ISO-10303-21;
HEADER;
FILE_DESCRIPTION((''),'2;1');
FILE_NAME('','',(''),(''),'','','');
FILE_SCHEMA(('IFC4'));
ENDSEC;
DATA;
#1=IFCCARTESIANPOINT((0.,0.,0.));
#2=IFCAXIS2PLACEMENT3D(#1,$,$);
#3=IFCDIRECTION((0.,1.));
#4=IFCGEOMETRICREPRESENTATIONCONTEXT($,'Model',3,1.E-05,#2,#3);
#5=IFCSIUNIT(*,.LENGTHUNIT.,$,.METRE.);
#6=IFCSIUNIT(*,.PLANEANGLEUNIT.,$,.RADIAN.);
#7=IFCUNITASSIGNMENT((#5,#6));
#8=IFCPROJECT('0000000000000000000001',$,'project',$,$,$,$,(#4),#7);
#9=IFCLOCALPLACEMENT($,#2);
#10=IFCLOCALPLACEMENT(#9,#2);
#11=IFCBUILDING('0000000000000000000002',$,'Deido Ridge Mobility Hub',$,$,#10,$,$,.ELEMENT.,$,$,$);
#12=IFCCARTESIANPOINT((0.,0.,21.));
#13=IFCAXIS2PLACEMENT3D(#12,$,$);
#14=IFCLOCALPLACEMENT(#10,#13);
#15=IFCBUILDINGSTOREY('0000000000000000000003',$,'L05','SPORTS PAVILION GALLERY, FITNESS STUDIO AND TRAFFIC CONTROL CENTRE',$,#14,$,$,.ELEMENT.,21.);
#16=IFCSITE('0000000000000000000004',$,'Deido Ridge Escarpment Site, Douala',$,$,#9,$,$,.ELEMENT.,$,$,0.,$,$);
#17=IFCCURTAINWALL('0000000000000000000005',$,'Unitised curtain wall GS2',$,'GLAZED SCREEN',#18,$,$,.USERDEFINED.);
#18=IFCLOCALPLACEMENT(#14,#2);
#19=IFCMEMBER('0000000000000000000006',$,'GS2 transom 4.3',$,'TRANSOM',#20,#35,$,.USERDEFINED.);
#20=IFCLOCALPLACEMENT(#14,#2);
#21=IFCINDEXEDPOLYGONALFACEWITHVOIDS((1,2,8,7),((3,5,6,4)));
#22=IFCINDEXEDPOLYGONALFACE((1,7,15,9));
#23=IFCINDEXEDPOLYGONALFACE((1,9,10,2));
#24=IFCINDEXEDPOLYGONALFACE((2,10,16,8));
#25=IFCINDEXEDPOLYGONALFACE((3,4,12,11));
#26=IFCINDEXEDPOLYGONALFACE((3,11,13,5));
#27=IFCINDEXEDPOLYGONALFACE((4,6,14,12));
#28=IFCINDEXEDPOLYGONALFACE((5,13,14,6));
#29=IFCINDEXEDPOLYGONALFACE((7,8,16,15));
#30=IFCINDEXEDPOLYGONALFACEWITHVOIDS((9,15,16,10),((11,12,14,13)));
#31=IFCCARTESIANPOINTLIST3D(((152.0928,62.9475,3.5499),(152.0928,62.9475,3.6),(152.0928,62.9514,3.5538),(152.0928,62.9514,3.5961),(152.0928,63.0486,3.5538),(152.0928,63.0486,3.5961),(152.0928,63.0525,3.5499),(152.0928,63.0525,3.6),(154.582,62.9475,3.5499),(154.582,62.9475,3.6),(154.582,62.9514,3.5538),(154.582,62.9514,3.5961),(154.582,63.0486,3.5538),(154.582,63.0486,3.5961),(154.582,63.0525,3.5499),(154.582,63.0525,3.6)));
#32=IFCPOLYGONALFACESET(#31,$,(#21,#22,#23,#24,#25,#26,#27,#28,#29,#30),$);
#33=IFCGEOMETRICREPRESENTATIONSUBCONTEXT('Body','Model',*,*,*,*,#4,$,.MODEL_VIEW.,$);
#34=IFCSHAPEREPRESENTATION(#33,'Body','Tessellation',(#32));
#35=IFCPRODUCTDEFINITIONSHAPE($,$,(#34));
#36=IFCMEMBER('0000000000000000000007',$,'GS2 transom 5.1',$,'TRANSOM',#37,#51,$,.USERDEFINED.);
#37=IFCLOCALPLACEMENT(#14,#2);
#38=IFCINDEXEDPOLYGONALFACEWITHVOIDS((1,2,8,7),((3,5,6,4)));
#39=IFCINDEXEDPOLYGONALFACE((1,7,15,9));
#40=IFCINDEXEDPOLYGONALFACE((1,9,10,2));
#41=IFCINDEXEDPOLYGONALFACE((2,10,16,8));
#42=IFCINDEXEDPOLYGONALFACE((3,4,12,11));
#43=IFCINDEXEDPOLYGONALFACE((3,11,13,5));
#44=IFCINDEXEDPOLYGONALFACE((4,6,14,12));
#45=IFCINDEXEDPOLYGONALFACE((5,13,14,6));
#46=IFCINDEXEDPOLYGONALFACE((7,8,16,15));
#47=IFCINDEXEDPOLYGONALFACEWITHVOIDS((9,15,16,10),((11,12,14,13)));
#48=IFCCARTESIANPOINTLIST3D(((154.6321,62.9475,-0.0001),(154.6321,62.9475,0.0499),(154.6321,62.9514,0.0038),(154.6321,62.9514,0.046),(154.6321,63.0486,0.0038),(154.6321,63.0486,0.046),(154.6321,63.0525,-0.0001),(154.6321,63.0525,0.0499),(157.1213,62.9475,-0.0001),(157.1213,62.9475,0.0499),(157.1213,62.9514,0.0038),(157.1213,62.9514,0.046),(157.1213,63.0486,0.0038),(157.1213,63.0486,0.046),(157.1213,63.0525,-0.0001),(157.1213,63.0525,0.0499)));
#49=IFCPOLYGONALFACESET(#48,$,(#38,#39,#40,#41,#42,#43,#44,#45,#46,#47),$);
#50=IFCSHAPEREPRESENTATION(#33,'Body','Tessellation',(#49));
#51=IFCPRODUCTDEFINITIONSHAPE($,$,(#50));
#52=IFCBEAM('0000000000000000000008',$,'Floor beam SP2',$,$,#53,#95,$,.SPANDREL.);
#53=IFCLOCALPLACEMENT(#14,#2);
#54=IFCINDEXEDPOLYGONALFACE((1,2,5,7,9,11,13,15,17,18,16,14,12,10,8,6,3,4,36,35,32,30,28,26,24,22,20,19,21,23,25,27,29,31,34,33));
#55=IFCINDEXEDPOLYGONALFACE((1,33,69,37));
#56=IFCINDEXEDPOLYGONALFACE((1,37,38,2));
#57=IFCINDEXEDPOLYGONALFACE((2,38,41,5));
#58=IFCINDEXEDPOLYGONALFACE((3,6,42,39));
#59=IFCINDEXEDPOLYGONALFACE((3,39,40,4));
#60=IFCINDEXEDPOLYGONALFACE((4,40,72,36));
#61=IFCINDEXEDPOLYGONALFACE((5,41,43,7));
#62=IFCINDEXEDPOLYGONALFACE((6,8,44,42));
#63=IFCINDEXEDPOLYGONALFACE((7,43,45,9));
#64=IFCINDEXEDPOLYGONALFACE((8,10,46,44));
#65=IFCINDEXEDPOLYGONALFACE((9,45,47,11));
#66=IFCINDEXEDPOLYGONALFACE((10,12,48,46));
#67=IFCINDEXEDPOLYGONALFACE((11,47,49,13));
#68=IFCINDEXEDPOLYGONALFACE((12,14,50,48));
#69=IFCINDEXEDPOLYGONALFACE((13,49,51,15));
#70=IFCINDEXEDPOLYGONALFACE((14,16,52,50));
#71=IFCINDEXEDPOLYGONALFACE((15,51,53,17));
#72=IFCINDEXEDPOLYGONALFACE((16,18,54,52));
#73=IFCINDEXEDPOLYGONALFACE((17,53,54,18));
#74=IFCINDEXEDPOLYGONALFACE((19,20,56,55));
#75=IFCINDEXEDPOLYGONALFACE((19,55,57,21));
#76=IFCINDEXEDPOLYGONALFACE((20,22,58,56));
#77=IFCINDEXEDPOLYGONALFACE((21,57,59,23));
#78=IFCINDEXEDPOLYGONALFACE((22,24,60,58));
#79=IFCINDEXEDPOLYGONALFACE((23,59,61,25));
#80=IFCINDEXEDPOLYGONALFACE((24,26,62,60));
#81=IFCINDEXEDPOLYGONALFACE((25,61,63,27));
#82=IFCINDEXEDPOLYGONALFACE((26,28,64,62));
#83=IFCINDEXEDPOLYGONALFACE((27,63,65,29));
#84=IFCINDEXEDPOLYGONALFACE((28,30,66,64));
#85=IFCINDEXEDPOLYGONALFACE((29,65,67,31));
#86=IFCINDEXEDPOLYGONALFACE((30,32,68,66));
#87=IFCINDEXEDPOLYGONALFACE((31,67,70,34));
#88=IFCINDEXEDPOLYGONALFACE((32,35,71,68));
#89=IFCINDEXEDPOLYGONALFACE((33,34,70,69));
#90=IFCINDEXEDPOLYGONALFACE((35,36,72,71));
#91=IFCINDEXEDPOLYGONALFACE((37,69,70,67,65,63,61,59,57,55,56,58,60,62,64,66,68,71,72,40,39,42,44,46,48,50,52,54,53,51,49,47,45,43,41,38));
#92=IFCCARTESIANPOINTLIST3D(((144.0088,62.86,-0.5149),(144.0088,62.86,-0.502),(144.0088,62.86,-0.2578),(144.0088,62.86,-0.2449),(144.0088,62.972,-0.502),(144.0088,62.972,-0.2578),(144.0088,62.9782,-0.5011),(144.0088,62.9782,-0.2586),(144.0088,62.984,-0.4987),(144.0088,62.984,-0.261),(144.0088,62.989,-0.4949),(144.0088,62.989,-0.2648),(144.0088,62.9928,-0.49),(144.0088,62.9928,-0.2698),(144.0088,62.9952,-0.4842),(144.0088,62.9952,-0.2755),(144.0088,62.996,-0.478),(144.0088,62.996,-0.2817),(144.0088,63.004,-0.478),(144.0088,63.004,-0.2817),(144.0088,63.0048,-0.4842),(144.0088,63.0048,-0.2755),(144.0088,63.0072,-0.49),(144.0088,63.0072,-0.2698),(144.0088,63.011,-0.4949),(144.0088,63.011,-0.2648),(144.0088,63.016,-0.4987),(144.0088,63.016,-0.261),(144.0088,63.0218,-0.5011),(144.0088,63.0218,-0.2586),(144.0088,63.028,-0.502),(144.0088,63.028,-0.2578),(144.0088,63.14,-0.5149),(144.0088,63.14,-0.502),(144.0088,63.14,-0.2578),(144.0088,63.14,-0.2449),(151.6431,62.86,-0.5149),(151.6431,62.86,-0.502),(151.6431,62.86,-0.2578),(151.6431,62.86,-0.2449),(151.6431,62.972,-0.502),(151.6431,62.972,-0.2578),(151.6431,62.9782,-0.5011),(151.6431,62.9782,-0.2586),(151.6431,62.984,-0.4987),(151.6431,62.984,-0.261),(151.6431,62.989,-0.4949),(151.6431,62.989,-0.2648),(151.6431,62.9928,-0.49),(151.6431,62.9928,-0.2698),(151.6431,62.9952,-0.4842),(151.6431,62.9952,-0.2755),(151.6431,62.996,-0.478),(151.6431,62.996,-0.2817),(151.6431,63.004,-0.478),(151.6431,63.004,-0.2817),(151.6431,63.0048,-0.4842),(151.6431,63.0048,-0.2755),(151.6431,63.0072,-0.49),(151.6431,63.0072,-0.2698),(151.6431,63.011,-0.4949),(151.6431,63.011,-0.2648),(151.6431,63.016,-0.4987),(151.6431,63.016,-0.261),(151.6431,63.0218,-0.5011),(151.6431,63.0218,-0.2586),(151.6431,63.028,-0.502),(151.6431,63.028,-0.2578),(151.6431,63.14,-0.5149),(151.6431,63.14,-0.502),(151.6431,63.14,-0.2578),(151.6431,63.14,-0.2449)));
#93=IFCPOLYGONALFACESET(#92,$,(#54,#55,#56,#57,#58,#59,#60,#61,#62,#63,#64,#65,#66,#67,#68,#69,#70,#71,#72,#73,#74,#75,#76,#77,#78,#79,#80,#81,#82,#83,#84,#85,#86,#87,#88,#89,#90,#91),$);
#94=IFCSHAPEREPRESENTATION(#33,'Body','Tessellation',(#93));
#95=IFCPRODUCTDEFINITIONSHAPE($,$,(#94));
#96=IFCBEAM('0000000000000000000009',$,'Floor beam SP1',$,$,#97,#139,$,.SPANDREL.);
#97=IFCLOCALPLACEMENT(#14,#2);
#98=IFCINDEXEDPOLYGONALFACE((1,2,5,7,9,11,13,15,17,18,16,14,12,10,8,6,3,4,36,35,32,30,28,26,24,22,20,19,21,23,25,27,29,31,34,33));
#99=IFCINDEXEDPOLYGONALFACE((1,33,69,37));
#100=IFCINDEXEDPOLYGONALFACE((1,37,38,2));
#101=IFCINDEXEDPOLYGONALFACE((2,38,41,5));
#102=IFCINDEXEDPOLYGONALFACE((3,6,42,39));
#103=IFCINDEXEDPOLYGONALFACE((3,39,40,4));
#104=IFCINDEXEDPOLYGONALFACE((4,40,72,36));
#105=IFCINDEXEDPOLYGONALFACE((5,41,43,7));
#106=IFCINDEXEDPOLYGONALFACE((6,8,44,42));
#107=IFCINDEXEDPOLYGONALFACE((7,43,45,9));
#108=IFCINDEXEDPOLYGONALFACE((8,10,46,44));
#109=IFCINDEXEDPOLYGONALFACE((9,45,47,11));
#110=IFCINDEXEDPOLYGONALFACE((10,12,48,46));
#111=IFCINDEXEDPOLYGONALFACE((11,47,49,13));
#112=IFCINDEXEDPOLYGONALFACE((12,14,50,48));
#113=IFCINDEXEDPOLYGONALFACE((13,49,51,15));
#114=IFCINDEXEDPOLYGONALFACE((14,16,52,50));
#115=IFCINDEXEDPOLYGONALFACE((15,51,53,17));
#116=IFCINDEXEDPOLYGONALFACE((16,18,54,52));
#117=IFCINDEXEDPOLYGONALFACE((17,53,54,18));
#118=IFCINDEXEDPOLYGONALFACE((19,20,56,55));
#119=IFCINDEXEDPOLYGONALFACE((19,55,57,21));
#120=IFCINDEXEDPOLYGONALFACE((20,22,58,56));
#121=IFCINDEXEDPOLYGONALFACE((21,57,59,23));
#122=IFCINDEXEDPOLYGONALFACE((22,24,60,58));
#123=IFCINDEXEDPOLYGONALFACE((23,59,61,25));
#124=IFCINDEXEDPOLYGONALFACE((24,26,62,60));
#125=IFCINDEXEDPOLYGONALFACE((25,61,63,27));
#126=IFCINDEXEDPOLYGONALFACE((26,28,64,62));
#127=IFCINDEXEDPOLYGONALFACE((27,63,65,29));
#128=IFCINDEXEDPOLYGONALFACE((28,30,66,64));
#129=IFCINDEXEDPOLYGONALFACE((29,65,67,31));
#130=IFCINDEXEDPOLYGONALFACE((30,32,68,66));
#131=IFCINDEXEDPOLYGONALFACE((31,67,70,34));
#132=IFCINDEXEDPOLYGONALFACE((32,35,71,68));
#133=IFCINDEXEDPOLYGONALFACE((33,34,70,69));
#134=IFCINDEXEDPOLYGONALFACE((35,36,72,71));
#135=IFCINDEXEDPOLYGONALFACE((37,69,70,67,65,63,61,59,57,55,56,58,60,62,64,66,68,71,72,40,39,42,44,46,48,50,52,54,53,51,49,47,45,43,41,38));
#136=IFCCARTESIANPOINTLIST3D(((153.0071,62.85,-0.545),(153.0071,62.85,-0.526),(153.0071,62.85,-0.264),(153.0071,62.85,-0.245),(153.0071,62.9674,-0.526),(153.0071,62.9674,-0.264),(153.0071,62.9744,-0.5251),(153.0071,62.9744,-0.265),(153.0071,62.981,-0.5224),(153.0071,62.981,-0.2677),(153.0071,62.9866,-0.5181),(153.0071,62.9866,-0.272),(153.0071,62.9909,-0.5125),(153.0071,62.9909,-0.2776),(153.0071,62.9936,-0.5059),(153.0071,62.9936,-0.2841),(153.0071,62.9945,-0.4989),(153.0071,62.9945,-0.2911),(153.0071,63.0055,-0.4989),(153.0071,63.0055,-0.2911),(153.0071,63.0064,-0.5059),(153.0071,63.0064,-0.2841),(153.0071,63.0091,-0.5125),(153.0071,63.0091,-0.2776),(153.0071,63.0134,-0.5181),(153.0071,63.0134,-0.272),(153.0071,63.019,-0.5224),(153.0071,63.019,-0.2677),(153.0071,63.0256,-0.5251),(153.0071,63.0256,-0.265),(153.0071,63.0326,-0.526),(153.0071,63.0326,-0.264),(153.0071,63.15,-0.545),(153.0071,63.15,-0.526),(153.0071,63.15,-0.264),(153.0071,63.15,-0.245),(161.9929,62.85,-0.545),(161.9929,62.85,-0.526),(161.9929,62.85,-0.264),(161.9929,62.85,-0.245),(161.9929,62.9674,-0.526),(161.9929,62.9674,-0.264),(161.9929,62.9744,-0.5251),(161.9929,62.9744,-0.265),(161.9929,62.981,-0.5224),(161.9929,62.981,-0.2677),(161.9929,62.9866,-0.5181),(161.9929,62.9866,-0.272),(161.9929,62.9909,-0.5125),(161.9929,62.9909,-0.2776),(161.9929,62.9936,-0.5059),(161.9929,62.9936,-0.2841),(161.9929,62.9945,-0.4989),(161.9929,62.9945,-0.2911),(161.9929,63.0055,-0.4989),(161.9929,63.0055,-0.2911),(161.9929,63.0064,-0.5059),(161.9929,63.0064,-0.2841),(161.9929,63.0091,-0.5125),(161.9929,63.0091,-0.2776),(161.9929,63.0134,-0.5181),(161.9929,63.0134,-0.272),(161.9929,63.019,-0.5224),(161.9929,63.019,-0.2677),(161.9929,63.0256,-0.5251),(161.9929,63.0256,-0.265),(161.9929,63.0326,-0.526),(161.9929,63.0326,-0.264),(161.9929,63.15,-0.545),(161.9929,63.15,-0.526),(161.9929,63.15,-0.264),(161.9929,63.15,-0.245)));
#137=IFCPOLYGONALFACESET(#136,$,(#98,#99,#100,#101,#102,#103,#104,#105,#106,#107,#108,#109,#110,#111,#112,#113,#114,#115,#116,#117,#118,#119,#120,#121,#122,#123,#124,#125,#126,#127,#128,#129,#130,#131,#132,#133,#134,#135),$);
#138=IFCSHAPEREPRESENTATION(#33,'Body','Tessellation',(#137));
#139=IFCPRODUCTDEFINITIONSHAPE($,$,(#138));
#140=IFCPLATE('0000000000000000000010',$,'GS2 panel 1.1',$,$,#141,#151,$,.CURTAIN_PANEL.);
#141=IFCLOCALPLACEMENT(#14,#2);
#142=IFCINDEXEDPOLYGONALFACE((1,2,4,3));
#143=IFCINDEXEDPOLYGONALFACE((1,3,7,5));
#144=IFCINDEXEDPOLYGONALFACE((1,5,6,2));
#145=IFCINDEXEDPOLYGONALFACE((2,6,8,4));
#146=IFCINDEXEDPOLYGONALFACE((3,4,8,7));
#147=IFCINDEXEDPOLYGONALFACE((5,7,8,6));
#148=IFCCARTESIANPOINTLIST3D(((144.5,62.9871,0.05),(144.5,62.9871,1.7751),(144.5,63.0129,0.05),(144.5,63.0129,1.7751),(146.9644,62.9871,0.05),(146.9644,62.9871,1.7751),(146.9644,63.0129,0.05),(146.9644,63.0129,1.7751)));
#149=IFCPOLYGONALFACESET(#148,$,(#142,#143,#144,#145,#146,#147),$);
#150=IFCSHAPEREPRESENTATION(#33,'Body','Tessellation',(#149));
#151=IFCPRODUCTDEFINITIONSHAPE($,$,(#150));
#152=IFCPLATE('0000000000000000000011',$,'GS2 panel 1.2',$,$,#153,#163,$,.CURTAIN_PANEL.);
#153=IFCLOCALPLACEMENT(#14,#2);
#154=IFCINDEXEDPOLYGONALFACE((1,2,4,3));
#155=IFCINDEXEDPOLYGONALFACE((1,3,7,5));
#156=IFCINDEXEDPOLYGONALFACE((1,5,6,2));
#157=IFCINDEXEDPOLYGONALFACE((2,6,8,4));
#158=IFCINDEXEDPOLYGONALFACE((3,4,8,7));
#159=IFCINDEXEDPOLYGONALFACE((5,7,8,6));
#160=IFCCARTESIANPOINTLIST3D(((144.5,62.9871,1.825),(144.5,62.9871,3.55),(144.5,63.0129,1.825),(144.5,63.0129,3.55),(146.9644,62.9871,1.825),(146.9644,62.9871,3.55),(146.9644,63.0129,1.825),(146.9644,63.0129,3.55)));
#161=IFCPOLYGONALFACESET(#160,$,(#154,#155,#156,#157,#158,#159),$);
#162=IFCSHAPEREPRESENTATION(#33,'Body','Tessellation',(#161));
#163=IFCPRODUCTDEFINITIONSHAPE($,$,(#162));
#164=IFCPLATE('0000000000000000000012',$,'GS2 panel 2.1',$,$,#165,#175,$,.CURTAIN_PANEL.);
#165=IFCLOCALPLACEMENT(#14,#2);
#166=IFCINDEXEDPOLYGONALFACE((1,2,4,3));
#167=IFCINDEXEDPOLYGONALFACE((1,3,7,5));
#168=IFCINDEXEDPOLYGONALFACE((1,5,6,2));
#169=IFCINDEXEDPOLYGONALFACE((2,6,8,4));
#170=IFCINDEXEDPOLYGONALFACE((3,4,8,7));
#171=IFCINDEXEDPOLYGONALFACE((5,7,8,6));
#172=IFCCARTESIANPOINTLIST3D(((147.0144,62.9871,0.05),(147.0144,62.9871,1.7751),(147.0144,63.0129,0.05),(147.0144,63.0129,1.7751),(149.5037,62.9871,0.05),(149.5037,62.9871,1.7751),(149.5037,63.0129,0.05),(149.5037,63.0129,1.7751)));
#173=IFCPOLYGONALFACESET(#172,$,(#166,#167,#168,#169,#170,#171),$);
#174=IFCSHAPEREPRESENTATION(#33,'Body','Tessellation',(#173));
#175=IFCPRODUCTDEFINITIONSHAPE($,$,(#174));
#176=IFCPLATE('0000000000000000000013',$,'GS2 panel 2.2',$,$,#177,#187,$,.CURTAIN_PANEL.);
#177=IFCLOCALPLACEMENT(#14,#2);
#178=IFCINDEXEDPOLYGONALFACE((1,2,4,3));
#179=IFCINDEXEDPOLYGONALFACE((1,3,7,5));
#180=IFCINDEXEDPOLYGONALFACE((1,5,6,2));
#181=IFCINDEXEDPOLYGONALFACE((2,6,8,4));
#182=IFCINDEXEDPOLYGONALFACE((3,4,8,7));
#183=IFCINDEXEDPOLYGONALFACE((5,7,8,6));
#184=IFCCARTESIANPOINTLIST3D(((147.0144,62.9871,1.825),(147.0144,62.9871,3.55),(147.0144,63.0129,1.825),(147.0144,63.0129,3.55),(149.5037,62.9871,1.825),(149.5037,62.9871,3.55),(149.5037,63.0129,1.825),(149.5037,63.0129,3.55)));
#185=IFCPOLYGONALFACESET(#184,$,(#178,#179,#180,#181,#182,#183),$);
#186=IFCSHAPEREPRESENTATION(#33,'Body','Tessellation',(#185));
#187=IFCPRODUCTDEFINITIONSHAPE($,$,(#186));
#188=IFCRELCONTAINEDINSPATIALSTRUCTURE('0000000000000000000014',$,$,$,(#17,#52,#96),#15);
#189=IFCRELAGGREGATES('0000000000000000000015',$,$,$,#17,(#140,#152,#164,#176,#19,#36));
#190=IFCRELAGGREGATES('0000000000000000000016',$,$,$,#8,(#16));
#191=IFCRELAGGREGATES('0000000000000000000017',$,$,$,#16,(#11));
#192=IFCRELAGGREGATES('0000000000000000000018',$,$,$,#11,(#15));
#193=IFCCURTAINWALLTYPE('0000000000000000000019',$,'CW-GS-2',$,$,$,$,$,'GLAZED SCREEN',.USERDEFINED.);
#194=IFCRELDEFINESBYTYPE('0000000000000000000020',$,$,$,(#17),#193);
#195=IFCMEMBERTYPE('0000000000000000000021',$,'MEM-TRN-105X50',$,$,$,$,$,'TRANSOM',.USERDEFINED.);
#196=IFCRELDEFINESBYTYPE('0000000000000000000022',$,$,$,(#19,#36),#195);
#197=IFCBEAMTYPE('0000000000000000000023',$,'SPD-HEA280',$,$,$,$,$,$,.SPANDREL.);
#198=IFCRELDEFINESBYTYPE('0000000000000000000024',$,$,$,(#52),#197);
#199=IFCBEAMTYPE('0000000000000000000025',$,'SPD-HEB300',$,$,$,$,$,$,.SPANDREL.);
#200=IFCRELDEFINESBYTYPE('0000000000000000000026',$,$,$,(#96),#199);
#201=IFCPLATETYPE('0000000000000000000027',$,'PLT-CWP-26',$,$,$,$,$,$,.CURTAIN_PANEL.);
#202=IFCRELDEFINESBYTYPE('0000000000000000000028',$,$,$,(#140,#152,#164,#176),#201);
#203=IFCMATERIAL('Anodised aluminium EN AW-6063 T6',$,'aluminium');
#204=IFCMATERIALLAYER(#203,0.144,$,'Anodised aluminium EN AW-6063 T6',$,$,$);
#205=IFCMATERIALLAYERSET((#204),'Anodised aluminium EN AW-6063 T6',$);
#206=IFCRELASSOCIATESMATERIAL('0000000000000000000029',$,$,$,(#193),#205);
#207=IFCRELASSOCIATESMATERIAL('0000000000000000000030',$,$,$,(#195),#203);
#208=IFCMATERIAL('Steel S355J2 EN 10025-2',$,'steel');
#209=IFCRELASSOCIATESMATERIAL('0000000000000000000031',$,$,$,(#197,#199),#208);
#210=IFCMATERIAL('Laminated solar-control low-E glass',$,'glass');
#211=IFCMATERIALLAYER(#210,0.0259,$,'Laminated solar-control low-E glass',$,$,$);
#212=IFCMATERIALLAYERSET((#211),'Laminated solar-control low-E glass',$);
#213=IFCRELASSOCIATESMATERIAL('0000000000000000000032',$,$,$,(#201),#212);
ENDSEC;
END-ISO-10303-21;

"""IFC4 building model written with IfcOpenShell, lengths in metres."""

from ifc_helpers import new_model, si_unit, direction, frame, origin, origin_2d, place, context, subcontext, project, spatial, rectangle, hollow_rectangle, i_section, extrude, material, layer, layer_set, material_profile, profile_set, type_object, element, aggregate, save


model = new_model("IFC4")

# Units and contexts
model_context = context("Model", 3, precision=1e-05, world=origin(), true_north=direction((0.0, 1.0)))
body_context = subcontext(model_context, "Body", "Model", "MODEL_VIEW")
ifc_project = project(units=[si_unit("LENGTHUNIT", "METRE"), si_unit("PLANEANGLEUNIT", "RADIAN")], contexts=[model_context])

# Site, building, storey
site_placement = place(None, origin())
site = spatial("IfcSite", under=ifc_project, at=site_placement, Name="Deido Ridge Escarpment Site, Douala", CompositionType="ELEMENT", RefElevation=0.0)
building_placement = place(site_placement, origin())
building = spatial("IfcBuilding", under=site, at=building_placement, Name="Deido Ridge Mobility Hub", CompositionType="ELEMENT")
storey_placement = place(building_placement, frame((0.0, 0.0, 21.0)))
storey = spatial("IfcBuildingStorey", under=building, at=storey_placement, Name="L05", Description="SPORTS PAVILION GALLERY, FITNESS STUDIO AND TRAFFIC CONTROL CENTRE", CompositionType="ELEMENT", Elevation=21.0)

# Shared definitions
ifc_material_1 = material(Name="Steel S355J2 EN 10025-2", Category="steel")

# Curtain wall, members
ifc_material_2 = material(Name="Anodised aluminium EN AW-6063 T6", Category="aluminium")
ifc_layer_1 = layer(ifc_material_2, 0.144, Name="Anodised aluminium EN AW-6063 T6")
ifc_layer_set_1 = layer_set([ifc_layer_1], Name="Anodised aluminium EN AW-6063 T6")
curtain_wall_type = type_object("IfcCurtainWallType", Name="CW-GS-2", ElementType="GLAZED SCREEN", PredefinedType="USERDEFINED", material=ifc_layer_set_1)
curtain_wall_placement = place(storey_placement, origin())
curtain_wall = element("IfcCurtainWall", 1, at=curtain_wall_placement, inside=storey, type_object=curtain_wall_type, Name="Unitised curtain wall GS2", ObjectType="GLAZED SCREEN", PredefinedType="USERDEFINED")
ifc_material_profile_1 = material_profile(ifc_material_2, hollow_rectangle(XDim=0.105, YDim=0.05, WallThickness=0.0039, at=origin_2d()), Name="RHS 105x50x4")
ifc_profile_set_1 = profile_set([ifc_material_profile_1], Name="Anodised aluminium EN AW-6063 T6")
member_type_1 = type_object("IfcMemberType", Name="MEM-TRN-105X50", ElementType="TRANSOM", PredefinedType="USERDEFINED", material=ifc_profile_set_1)
member_1_placement = place(storey_placement, frame((152.0928, 63.0, 3.575), z_axis=(1.0, 0.0, 0.0), x_axis=(0.0, 1.0, 0.0)))
member_1 = element("IfcMember", 2, at=member_1_placement, type_object=member_type_1, Name="GS2 transom 4.3", ObjectType="TRANSOM", PredefinedType="USERDEFINED", context=body_context, shape_type="SweptSolid", body=[
    extrude(hollow_rectangle(XDim=0.105, YDim=0.05, WallThickness=0.0039, at=origin_2d()), origin(), (0.0, 0.0, 1.0), 2.4893),
])
member_2_placement = place(storey_placement, frame((154.6321, 63.0, 0.0249), z_axis=(1.0, 0.0, 0.0), x_axis=(0.0, 1.0, 0.0)))
member_2 = element("IfcMember", 3, at=member_2_placement, type_object=member_type_1, Name="GS2 transom 5.1", ObjectType="TRANSOM", PredefinedType="USERDEFINED", context=body_context, shape_type="SweptSolid", body=[
    extrude(hollow_rectangle(XDim=0.105, YDim=0.05, WallThickness=0.0039, at=origin_2d()), origin(), (0.0, 0.0, 1.0), 2.4893),
])

# Beams
ifc_material_profile_2 = material_profile(ifc_material_1, i_section(OverallWidth=0.28, OverallDepth=0.27, WebThickness=0.0081, FlangeThickness=0.0129, FilletRadius=0.0239, at=origin_2d()), Name="HEA 280")
ifc_profile_set_2 = profile_set([ifc_material_profile_2], Name="Steel S355J2 EN 10025-2")
beam_type_1 = type_object("IfcBeamType", Name="SPD-HEA280", PredefinedType="SPANDREL", material=ifc_profile_set_2)
beam_1_placement = place(storey_placement, frame((144.0088, 63.0, -0.3799), z_axis=(1.0, 0.0, 0.0), x_axis=(0.0, 1.0, 0.0)))
element("IfcBeam", 4, at=beam_1_placement, inside=storey, type_object=beam_type_1, Name="Floor beam SP2", PredefinedType="SPANDREL", context=body_context, shape_type="SweptSolid", body=[
    extrude(i_section(OverallWidth=0.28, OverallDepth=0.27, WebThickness=0.0081, FlangeThickness=0.0129, FilletRadius=0.0239, at=origin_2d()), origin(), (0.0, 0.0, 1.0), 7.6343),
])
ifc_material_profile_3 = material_profile(ifc_material_1, i_section(OverallWidth=0.3, OverallDepth=0.3, WebThickness=0.011, FlangeThickness=0.019, FilletRadius=0.0271, at=origin_2d()), Name="HEB 300")
ifc_profile_set_3 = profile_set([ifc_material_profile_3], Name="Steel S355J2 EN 10025-2")
beam_type_2 = type_object("IfcBeamType", Name="SPD-HEB300", PredefinedType="SPANDREL", material=ifc_profile_set_3)
beam_2_placement = place(storey_placement, frame((153.0071, 63.0, -0.395), z_axis=(1.0, 0.0, 0.0), x_axis=(0.0, 1.0, 0.0)))
element("IfcBeam", 5, at=beam_2_placement, inside=storey, type_object=beam_type_2, Name="Floor beam SP1", PredefinedType="SPANDREL", context=body_context, shape_type="SweptSolid", body=[
    extrude(i_section(OverallWidth=0.3, OverallDepth=0.3, WebThickness=0.011, FlangeThickness=0.019, FilletRadius=0.0271, at=origin_2d()), origin(), (0.0, 0.0, 1.0), 8.9858),
])

# Plates
ifc_material_3 = material(Name="Laminated solar-control low-E glass", Category="glass")
ifc_layer_2 = layer(ifc_material_3, 0.0259, Name="Laminated solar-control low-E glass")
ifc_layer_set_2 = layer_set([ifc_layer_2], Name="Laminated solar-control low-E glass")
plate_type = type_object("IfcPlateType", Name="PLT-CWP-26", PredefinedType="CURTAIN_PANEL", material=ifc_layer_set_2)
plate_1_placement = place(storey_placement, frame((145.7322, 63.0, 0.05), z_axis=(0.0, 0.0, 1.0), x_axis=(1.0, 0.0, 0.0)))
plate_1 = element("IfcPlate", 6, at=plate_1_placement, type_object=plate_type, Name="GS2 panel 1.1", PredefinedType="CURTAIN_PANEL", context=body_context, shape_type="SweptSolid", body=[
    extrude(rectangle(XDim=2.4644, YDim=0.0259, at=origin_2d()), origin(), (0.0, 0.0, 1.0), 1.7251),
])
plate_2_placement = place(storey_placement, frame((145.7322, 63.0, 1.825), z_axis=(0.0, 0.0, 1.0), x_axis=(1.0, 0.0, 0.0)))
plate_2 = element("IfcPlate", 7, at=plate_2_placement, type_object=plate_type, Name="GS2 panel 1.2", PredefinedType="CURTAIN_PANEL", context=body_context, shape_type="SweptSolid", body=[
    extrude(rectangle(XDim=2.4644, YDim=0.0259, at=origin_2d()), origin(), (0.0, 0.0, 1.0), 1.7251),
])
plate_3_placement = place(storey_placement, frame((148.259, 63.0, 0.05), z_axis=(0.0, 0.0, 1.0), x_axis=(1.0, 0.0, 0.0)))
plate_3 = element("IfcPlate", 8, at=plate_3_placement, type_object=plate_type, Name="GS2 panel 2.1", PredefinedType="CURTAIN_PANEL", context=body_context, shape_type="SweptSolid", body=[
    extrude(rectangle(XDim=2.4893, YDim=0.0259, at=origin_2d()), origin(), (0.0, 0.0, 1.0), 1.7251),
])
plate_4_placement = place(storey_placement, frame((148.259, 63.0, 1.825), z_axis=(0.0, 0.0, 1.0), x_axis=(1.0, 0.0, 0.0)))
plate_4 = element("IfcPlate", 9, at=plate_4_placement, type_object=plate_type, Name="GS2 panel 2.2", PredefinedType="CURTAIN_PANEL", context=body_context, shape_type="SweptSolid", body=[
    extrude(rectangle(XDim=2.4893, YDim=0.0259, at=origin_2d()), origin(), (0.0, 0.0, 1.0), 1.7251),
])
aggregate(curtain_wall, [plate_1, plate_2, plate_3, plate_4, member_1, member_2])

save(model, "model.ifc")
